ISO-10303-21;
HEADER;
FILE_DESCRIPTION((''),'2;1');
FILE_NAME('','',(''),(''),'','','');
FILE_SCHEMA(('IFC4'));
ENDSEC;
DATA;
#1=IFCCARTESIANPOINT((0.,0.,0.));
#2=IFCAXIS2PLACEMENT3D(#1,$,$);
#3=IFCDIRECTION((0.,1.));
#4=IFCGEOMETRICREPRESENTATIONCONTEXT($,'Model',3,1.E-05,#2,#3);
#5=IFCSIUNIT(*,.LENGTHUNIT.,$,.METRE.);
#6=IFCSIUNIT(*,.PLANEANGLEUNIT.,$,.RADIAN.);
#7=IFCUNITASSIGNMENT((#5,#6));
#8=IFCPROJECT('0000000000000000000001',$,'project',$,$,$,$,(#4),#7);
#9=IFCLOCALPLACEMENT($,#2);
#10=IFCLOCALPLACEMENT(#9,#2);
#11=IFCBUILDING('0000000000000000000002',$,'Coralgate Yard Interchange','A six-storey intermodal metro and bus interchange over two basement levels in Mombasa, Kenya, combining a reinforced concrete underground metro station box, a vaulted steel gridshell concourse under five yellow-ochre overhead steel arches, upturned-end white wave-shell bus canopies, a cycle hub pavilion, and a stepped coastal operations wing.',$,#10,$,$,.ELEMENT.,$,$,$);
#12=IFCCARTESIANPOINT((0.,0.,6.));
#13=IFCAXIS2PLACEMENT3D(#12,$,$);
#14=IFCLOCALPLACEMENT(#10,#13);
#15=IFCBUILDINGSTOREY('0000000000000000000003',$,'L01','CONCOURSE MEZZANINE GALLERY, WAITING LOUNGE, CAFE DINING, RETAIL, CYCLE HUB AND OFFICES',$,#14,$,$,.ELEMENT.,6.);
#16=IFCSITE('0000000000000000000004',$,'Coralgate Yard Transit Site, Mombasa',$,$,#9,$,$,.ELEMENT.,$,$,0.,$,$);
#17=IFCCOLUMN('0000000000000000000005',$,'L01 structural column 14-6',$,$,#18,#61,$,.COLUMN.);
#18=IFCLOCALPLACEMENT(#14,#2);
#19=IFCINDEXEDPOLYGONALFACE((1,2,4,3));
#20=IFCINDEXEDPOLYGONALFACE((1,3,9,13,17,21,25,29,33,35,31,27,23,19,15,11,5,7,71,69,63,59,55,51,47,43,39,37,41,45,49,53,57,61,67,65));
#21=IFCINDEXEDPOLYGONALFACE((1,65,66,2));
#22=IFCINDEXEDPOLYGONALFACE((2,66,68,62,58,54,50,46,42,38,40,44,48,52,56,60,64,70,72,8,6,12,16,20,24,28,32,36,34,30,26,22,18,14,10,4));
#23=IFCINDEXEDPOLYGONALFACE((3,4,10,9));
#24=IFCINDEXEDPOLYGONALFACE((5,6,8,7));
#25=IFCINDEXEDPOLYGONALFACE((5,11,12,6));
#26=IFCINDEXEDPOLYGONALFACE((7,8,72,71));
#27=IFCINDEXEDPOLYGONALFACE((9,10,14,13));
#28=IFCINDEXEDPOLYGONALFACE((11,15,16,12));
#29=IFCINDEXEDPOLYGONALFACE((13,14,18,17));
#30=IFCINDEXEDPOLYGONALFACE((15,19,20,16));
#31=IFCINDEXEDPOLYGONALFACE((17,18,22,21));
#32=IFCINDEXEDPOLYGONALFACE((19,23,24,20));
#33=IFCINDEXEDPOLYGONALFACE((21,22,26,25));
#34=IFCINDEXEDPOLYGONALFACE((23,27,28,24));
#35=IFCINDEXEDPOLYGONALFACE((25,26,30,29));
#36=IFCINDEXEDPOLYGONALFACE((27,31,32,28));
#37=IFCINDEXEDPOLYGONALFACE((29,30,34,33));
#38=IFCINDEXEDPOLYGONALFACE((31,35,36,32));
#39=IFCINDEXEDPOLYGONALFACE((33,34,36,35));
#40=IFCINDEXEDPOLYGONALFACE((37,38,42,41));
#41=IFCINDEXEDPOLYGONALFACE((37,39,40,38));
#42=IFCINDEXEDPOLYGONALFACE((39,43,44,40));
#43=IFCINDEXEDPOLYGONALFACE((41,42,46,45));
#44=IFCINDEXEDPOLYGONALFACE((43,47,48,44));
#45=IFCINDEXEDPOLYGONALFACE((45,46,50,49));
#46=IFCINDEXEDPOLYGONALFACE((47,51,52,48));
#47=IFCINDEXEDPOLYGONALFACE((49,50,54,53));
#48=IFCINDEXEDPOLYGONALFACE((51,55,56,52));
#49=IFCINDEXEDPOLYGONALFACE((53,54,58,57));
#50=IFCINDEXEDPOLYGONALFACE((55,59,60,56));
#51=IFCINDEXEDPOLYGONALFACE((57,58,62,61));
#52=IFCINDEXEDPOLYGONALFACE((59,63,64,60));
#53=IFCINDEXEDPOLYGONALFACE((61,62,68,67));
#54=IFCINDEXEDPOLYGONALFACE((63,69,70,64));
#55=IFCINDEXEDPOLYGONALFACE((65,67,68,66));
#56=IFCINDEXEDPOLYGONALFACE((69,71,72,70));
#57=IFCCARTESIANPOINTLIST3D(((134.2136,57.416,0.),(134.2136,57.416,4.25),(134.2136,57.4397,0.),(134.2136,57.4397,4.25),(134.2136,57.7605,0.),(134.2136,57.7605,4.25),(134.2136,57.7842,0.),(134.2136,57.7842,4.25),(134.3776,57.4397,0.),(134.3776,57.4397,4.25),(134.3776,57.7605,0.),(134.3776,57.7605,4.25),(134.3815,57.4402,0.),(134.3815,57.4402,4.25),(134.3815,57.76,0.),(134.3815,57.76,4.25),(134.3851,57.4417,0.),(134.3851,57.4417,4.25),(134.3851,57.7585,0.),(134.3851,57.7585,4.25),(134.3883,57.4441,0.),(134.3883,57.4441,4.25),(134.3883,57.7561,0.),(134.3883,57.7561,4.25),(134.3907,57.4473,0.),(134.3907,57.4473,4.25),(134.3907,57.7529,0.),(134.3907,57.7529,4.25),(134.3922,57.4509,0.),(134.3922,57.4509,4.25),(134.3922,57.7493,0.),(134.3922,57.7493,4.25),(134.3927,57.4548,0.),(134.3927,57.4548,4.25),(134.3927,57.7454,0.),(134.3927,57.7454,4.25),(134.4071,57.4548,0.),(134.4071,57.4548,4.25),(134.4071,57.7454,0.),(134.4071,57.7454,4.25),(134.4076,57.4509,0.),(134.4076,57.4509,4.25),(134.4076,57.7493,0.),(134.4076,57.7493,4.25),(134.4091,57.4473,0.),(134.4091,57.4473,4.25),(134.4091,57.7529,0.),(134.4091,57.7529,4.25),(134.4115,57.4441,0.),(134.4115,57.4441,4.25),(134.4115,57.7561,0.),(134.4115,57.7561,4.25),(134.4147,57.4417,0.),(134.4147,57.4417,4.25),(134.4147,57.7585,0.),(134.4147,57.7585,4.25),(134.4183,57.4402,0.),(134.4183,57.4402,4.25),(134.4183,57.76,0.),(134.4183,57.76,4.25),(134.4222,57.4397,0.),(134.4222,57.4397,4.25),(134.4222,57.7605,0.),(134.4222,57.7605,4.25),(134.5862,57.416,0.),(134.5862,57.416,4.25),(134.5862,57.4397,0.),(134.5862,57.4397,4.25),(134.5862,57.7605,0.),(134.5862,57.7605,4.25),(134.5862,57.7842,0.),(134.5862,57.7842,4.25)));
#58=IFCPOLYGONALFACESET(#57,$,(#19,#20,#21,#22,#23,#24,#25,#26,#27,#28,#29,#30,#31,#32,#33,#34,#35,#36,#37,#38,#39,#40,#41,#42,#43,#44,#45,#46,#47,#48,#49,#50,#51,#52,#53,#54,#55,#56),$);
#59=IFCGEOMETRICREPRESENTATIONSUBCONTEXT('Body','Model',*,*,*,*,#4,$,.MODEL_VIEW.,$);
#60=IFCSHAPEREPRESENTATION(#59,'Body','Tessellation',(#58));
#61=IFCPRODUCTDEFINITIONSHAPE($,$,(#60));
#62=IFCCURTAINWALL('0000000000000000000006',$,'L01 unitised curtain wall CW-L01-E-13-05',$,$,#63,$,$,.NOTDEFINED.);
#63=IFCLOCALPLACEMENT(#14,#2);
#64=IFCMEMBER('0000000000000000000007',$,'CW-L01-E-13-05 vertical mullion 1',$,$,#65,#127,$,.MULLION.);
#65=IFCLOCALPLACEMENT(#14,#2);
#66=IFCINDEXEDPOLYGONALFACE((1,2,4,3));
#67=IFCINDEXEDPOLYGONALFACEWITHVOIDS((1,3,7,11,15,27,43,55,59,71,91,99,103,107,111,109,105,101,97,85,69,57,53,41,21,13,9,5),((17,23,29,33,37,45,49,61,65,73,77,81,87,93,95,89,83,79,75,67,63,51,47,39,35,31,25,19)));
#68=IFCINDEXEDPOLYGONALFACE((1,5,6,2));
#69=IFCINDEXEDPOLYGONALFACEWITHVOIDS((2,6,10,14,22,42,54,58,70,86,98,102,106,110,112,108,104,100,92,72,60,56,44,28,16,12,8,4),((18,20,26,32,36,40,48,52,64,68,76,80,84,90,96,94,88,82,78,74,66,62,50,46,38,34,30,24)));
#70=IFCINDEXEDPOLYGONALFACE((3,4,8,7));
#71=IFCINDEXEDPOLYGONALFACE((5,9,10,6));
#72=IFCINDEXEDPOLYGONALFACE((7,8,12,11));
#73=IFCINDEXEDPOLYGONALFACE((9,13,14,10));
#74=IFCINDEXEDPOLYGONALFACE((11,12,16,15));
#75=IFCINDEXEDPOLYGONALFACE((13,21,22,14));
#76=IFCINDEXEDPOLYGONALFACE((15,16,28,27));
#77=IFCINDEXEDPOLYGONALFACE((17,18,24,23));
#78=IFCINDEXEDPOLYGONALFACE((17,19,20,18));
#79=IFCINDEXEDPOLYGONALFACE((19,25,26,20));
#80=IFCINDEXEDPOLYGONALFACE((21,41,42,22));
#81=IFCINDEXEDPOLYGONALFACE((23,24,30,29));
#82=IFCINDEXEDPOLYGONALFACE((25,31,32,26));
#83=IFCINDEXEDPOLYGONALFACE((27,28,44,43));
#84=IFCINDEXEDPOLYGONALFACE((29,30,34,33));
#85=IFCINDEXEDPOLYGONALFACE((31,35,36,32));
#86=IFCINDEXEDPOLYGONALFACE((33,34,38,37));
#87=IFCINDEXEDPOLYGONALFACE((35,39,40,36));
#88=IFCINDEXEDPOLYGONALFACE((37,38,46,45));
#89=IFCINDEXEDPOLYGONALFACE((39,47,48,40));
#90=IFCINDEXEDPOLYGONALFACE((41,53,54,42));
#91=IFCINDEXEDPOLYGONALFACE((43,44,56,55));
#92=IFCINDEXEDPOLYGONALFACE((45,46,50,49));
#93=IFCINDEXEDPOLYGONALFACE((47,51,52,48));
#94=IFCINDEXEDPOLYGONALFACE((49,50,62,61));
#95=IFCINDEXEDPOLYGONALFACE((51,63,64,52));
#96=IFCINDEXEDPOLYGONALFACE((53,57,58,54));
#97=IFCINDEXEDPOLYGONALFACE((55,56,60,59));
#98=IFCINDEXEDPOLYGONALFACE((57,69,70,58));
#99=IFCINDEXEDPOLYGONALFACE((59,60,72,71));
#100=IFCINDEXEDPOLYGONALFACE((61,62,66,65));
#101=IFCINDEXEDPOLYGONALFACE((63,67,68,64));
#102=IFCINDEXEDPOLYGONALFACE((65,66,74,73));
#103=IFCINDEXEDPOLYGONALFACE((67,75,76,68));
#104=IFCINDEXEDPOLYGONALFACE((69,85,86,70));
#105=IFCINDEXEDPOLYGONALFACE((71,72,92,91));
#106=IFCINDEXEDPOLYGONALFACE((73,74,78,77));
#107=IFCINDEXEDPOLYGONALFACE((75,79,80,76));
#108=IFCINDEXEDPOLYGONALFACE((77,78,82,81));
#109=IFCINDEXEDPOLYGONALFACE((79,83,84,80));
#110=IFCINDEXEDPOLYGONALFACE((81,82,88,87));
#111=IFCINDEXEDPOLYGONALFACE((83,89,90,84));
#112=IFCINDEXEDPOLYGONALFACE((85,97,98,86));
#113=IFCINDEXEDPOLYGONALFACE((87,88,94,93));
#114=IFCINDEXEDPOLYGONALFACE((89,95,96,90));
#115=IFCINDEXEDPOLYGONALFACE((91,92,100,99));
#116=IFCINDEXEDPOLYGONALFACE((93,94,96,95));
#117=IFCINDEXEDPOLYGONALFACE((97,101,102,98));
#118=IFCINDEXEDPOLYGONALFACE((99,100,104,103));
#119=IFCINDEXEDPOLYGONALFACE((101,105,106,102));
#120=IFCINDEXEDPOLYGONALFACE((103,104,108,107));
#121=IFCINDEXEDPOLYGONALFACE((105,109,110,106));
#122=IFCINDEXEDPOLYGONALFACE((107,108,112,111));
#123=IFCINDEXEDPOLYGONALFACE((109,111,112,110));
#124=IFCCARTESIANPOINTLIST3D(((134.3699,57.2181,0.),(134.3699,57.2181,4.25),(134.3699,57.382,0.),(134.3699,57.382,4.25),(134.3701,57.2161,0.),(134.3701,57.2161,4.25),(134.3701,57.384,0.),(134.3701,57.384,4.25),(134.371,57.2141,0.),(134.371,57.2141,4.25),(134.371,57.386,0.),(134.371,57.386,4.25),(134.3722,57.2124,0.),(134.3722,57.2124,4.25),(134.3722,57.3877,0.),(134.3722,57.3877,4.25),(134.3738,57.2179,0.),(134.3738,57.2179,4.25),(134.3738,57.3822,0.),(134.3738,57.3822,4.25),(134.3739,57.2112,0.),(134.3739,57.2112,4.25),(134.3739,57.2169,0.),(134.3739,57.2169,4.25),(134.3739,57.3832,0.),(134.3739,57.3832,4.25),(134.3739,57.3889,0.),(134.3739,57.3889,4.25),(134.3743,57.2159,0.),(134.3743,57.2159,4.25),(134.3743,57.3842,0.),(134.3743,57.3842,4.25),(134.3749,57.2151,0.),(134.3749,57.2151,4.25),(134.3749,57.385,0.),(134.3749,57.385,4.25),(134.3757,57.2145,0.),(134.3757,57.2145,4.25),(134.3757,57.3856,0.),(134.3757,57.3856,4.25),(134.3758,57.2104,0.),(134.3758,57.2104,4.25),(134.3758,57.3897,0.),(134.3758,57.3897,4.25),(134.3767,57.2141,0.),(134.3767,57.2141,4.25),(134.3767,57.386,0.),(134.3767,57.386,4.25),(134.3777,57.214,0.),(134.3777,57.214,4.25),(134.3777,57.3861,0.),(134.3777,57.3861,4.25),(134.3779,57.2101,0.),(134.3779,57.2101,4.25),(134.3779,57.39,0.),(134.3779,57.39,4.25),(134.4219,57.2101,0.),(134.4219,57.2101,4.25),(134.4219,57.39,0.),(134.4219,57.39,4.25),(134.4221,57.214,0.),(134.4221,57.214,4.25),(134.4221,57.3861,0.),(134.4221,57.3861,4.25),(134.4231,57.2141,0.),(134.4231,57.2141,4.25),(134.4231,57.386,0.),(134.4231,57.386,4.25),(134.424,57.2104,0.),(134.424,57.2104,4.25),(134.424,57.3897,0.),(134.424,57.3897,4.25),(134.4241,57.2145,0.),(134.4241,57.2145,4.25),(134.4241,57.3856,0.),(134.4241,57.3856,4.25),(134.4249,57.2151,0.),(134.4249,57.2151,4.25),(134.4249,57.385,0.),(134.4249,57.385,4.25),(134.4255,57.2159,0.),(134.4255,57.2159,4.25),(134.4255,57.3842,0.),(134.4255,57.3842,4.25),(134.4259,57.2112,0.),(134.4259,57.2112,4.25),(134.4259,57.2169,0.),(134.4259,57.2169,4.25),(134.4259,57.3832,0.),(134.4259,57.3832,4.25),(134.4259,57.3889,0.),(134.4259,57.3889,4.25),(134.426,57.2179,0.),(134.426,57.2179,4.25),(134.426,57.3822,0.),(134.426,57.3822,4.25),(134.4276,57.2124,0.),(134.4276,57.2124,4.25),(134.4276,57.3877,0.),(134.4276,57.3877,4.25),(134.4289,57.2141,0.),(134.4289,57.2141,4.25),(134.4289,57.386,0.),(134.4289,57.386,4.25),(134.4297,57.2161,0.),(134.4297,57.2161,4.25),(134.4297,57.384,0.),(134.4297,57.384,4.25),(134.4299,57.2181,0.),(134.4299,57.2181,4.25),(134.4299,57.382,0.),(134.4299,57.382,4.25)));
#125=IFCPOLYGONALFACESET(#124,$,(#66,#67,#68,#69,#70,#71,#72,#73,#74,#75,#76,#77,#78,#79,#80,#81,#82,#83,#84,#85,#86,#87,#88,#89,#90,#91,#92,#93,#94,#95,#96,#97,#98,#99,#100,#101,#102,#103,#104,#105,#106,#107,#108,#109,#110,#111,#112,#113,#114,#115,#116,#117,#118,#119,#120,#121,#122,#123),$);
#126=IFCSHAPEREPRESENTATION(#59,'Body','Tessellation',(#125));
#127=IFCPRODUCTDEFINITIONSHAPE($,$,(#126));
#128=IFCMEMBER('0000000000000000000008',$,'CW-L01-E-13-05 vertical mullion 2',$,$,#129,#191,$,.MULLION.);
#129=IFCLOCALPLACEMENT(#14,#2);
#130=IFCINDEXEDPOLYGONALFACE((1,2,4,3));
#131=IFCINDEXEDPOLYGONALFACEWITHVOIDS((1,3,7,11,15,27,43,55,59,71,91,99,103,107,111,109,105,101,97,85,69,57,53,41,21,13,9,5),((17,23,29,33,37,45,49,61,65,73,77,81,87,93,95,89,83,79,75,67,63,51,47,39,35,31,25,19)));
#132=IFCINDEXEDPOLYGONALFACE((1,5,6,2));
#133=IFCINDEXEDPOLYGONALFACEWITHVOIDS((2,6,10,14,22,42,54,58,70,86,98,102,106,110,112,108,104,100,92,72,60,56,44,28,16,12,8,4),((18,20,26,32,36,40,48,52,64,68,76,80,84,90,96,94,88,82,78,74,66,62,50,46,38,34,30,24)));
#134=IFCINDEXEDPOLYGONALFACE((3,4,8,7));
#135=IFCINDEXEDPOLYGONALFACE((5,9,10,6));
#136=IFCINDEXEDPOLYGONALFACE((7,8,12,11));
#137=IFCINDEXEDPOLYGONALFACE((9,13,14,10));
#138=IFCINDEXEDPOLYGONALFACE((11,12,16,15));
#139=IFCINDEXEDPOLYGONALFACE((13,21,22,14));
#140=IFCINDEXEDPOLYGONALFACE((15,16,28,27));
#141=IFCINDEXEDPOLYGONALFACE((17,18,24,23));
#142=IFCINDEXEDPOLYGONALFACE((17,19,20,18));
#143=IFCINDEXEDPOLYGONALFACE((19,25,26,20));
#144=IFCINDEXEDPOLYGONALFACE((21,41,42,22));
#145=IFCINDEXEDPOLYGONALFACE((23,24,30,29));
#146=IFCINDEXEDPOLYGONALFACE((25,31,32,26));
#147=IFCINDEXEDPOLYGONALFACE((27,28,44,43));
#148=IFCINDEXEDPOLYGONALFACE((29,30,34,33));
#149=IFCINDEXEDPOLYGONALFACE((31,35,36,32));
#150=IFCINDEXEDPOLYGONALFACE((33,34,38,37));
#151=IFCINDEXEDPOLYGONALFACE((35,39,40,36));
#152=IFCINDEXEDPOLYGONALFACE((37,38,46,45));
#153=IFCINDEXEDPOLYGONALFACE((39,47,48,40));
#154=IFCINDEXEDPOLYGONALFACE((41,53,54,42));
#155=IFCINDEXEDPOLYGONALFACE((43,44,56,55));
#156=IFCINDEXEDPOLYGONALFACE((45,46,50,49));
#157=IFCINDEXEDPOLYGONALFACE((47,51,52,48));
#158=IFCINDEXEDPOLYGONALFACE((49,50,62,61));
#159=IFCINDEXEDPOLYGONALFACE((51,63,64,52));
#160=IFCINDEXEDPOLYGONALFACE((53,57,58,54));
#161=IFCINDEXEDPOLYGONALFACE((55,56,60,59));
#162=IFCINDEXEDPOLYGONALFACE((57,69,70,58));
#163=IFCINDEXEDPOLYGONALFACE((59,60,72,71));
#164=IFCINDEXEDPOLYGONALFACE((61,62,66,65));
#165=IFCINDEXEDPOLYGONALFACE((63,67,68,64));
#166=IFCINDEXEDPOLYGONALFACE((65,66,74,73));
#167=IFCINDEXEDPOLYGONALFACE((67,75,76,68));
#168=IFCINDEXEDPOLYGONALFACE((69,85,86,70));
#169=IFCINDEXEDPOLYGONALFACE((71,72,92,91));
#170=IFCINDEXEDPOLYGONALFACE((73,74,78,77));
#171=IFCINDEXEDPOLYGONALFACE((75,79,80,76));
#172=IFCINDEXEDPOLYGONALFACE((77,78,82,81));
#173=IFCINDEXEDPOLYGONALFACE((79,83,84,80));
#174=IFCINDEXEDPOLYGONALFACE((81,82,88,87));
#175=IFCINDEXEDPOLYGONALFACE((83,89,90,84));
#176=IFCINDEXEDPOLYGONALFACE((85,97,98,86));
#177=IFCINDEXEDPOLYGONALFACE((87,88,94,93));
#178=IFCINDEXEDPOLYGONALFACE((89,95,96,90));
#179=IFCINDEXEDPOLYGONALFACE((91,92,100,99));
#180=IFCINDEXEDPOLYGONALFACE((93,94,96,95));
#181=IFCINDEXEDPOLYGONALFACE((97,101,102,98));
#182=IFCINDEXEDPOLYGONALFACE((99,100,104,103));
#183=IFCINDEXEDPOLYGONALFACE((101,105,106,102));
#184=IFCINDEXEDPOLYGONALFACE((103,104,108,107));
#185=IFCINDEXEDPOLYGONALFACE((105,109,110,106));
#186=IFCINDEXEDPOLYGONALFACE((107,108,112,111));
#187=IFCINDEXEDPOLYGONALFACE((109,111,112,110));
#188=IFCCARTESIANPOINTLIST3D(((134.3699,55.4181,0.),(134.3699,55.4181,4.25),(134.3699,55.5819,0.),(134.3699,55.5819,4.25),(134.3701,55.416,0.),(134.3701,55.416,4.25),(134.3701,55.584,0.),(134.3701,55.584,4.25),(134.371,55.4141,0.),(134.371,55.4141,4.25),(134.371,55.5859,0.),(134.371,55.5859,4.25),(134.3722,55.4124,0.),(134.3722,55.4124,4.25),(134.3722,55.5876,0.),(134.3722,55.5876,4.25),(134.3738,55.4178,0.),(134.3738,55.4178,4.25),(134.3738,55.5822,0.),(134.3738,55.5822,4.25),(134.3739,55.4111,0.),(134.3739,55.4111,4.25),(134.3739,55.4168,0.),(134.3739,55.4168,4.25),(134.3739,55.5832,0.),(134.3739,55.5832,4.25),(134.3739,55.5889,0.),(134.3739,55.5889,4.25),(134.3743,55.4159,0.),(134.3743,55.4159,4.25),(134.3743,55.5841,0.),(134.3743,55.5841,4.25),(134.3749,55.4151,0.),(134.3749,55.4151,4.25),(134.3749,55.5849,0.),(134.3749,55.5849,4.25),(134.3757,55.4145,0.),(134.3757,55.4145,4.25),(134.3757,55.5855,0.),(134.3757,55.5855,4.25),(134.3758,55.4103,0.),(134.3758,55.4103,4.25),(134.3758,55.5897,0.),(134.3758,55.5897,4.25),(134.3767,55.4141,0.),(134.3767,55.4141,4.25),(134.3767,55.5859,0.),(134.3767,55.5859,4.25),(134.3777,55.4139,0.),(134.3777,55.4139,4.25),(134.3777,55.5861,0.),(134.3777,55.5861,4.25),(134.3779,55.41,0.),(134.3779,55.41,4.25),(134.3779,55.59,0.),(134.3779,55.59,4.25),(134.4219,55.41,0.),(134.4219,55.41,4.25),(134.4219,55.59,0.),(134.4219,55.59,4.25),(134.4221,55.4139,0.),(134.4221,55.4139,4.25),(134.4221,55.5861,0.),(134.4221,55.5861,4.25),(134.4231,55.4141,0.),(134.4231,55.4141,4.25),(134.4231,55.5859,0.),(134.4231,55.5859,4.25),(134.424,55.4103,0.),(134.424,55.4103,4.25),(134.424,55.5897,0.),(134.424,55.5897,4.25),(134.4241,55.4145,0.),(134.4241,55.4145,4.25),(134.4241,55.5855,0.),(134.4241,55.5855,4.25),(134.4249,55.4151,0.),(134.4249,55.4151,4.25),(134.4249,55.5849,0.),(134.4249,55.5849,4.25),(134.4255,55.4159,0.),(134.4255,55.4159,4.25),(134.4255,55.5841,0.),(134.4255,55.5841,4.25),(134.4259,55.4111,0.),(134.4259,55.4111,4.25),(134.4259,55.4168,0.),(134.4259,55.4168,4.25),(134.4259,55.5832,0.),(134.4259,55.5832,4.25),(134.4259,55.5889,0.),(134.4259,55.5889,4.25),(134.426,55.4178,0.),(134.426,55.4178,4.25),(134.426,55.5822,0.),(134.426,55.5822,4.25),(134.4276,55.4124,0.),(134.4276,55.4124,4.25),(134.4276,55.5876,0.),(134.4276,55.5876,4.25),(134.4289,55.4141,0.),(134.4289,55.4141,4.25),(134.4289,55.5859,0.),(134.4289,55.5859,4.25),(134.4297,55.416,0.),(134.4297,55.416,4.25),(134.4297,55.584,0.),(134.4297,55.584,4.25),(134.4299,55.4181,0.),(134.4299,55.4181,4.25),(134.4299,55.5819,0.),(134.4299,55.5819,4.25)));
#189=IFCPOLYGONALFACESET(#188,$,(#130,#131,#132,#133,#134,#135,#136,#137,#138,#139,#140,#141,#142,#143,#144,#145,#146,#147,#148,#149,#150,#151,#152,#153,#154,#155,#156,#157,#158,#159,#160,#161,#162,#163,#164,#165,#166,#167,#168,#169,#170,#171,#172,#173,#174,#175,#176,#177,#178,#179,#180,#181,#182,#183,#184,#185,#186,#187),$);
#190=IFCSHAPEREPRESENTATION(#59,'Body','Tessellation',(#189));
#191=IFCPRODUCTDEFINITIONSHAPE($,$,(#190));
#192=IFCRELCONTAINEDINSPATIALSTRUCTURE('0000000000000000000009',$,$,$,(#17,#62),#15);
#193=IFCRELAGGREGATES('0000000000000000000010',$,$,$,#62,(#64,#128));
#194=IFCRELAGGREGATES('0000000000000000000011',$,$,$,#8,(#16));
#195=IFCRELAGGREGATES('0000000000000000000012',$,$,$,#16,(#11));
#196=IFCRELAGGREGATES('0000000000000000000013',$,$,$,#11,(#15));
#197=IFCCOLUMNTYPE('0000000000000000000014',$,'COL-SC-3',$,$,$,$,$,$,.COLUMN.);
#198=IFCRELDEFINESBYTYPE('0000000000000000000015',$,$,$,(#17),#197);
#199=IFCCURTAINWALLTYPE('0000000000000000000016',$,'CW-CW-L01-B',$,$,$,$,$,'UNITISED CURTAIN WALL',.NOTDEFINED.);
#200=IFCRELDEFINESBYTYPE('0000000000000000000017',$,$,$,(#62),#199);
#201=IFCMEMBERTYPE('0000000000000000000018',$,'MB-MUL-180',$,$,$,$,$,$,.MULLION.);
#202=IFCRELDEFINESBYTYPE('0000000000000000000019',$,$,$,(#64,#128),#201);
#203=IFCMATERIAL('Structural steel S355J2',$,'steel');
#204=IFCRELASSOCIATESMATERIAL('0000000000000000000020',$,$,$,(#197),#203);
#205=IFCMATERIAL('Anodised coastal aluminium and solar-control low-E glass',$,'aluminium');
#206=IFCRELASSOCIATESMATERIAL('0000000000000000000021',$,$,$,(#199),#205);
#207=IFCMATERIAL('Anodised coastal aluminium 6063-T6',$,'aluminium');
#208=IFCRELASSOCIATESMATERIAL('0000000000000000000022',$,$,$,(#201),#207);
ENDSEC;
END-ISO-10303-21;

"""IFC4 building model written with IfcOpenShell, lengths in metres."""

from ifc_helpers import new_model, si_unit, direction, frame, origin, origin_2d, place, context, subcontext, project, spatial, hollow_rectangle, i_section, extrude, material, material_profile, profile_set, type_object, element, aggregate, save


model = new_model("IFC4")

# Units and contexts
model_context = context("Model", 3, precision=1e-05, world=origin(), true_north=direction((0.0, 1.0)))
body_context = subcontext(model_context, "Body", "Model", "MODEL_VIEW")
ifc_project = project(units=[si_unit("LENGTHUNIT", "METRE"), si_unit("PLANEANGLEUNIT", "RADIAN")], contexts=[model_context])

# Site, building, storey
site_placement = place(None, origin())
site = spatial("IfcSite", under=ifc_project, at=site_placement, Name="Coralgate Yard Transit Site, Mombasa", CompositionType="ELEMENT", RefElevation=0.0)
building_placement = place(site_placement, origin())
building = spatial("IfcBuilding", under=site, at=building_placement, Name="Coralgate Yard Interchange", Description="A six-storey intermodal metro and bus interchange over two basement levels in Mombasa, Kenya, combining a reinforced concrete underground metro station box, a vaulted steel gridshell concourse under five yellow-ochre overhead steel arches, upturned-end white wave-shell bus canopies, a cycle hub pavilion, and a stepped coastal operations wing.", CompositionType="ELEMENT")
storey_placement = place(building_placement, frame((0.0, 0.0, 6.0)))
storey = spatial("IfcBuildingStorey", under=building, at=storey_placement, Name="L01", Description="CONCOURSE MEZZANINE GALLERY, WAITING LOUNGE, CAFE DINING, RETAIL, CYCLE HUB AND OFFICES", CompositionType="ELEMENT", Elevation=6.0)

# Column
ifc_material_1 = material(Name="Structural steel S355J2", Category="steel")
ifc_material_profile_1 = material_profile(ifc_material_1, i_section(OverallWidth=0.3726, OverallDepth=0.3682, WebThickness=0.0144, FlangeThickness=0.0237, FilletRadius=0.0151, at=origin_2d()), Name="UC 356x368x177")
ifc_profile_set_1 = profile_set([ifc_material_profile_1], Name="Structural steel S355J2")
column_type = type_object("IfcColumnType", Name="COL-SC-3", PredefinedType="COLUMN", material=ifc_profile_set_1)
column_placement = place(storey_placement, frame((134.3999, 57.6001, 0.0), z_axis=(0.0, 0.0, 1.0), x_axis=(1.0, 0.0, 0.0)))
element("IfcColumn", 1, at=column_placement, inside=storey, type_object=column_type, Name="L01 structural column 14-6", PredefinedType="COLUMN", context=body_context, shape_type="SweptSolid", body=[
    extrude(i_section(OverallWidth=0.3726, OverallDepth=0.3682, WebThickness=0.0144, FlangeThickness=0.0237, FilletRadius=0.0151, at=origin_2d()), origin(), (0.0, 0.0, 1.0), 4.25),
])

# Curtain wall, members
ifc_material_2 = material(Name="Anodised coastal aluminium and solar-control low-E glass", Category="aluminium")
curtain_wall_type = type_object("IfcCurtainWallType", Name="CW-CW-L01-B", ElementType="UNITISED CURTAIN WALL", PredefinedType="NOTDEFINED", material=ifc_material_2)
curtain_wall_1_placement = place(storey_placement, origin())
curtain_wall_1 = element("IfcCurtainWall", 2, at=curtain_wall_1_placement, inside=storey, type_object=curtain_wall_type, Name="L01 unitised curtain wall CW-L01-E-13-05", PredefinedType="NOTDEFINED")
ifc_material_3 = material(Name="Anodised coastal aluminium 6063-T6", Category="aluminium")
ifc_material_profile_2 = material_profile(ifc_material_3, hollow_rectangle(XDim=0.0601, YDim=0.1799, WallThickness=0.0039, InnerFilletRadius=0.0039, OuterFilletRadius=0.0081, at=origin_2d()), Name="ALU 60x180x4")
ifc_profile_set_2 = profile_set([ifc_material_profile_2], Name="Anodised coastal aluminium 6063-T6")
member_type_1 = type_object("IfcMemberType", Name="MB-MUL-180", PredefinedType="MULLION", material=ifc_profile_set_2)
member_1_placement = place(storey_placement, frame((134.3999, 57.3, 0.0), z_axis=(0.0, 0.0, 1.0), x_axis=(1.0, 0.0, 0.0)))
member_1 = element("IfcMember", 3, at=member_1_placement, type_object=member_type_1, Name="CW-L01-E-13-05 vertical mullion 1", PredefinedType="MULLION", context=body_context, shape_type="SweptSolid", body=[
    extrude(hollow_rectangle(XDim=0.0601, YDim=0.1799, WallThickness=0.0039, InnerFilletRadius=0.0039, OuterFilletRadius=0.0081, at=origin_2d()), origin(), (0.0, 0.0, 1.0), 4.25),
])
member_2_placement = place(storey_placement, frame((134.3999, 55.5, 0.0), z_axis=(0.0, 0.0, 1.0), x_axis=(1.0, 0.0, 0.0)))
member_2 = element("IfcMember", 4, at=member_2_placement, type_object=member_type_1, Name="CW-L01-E-13-05 vertical mullion 2", PredefinedType="MULLION", context=body_context, shape_type="SweptSolid", body=[
    extrude(hollow_rectangle(XDim=0.0601, YDim=0.1799, WallThickness=0.0039, InnerFilletRadius=0.0039, OuterFilletRadius=0.0081, at=origin_2d()), origin(), (0.0, 0.0, 1.0), 4.25),
])

aggregate(curtain_wall_1, [member_1, member_2])

save(model, "model.ifc")
